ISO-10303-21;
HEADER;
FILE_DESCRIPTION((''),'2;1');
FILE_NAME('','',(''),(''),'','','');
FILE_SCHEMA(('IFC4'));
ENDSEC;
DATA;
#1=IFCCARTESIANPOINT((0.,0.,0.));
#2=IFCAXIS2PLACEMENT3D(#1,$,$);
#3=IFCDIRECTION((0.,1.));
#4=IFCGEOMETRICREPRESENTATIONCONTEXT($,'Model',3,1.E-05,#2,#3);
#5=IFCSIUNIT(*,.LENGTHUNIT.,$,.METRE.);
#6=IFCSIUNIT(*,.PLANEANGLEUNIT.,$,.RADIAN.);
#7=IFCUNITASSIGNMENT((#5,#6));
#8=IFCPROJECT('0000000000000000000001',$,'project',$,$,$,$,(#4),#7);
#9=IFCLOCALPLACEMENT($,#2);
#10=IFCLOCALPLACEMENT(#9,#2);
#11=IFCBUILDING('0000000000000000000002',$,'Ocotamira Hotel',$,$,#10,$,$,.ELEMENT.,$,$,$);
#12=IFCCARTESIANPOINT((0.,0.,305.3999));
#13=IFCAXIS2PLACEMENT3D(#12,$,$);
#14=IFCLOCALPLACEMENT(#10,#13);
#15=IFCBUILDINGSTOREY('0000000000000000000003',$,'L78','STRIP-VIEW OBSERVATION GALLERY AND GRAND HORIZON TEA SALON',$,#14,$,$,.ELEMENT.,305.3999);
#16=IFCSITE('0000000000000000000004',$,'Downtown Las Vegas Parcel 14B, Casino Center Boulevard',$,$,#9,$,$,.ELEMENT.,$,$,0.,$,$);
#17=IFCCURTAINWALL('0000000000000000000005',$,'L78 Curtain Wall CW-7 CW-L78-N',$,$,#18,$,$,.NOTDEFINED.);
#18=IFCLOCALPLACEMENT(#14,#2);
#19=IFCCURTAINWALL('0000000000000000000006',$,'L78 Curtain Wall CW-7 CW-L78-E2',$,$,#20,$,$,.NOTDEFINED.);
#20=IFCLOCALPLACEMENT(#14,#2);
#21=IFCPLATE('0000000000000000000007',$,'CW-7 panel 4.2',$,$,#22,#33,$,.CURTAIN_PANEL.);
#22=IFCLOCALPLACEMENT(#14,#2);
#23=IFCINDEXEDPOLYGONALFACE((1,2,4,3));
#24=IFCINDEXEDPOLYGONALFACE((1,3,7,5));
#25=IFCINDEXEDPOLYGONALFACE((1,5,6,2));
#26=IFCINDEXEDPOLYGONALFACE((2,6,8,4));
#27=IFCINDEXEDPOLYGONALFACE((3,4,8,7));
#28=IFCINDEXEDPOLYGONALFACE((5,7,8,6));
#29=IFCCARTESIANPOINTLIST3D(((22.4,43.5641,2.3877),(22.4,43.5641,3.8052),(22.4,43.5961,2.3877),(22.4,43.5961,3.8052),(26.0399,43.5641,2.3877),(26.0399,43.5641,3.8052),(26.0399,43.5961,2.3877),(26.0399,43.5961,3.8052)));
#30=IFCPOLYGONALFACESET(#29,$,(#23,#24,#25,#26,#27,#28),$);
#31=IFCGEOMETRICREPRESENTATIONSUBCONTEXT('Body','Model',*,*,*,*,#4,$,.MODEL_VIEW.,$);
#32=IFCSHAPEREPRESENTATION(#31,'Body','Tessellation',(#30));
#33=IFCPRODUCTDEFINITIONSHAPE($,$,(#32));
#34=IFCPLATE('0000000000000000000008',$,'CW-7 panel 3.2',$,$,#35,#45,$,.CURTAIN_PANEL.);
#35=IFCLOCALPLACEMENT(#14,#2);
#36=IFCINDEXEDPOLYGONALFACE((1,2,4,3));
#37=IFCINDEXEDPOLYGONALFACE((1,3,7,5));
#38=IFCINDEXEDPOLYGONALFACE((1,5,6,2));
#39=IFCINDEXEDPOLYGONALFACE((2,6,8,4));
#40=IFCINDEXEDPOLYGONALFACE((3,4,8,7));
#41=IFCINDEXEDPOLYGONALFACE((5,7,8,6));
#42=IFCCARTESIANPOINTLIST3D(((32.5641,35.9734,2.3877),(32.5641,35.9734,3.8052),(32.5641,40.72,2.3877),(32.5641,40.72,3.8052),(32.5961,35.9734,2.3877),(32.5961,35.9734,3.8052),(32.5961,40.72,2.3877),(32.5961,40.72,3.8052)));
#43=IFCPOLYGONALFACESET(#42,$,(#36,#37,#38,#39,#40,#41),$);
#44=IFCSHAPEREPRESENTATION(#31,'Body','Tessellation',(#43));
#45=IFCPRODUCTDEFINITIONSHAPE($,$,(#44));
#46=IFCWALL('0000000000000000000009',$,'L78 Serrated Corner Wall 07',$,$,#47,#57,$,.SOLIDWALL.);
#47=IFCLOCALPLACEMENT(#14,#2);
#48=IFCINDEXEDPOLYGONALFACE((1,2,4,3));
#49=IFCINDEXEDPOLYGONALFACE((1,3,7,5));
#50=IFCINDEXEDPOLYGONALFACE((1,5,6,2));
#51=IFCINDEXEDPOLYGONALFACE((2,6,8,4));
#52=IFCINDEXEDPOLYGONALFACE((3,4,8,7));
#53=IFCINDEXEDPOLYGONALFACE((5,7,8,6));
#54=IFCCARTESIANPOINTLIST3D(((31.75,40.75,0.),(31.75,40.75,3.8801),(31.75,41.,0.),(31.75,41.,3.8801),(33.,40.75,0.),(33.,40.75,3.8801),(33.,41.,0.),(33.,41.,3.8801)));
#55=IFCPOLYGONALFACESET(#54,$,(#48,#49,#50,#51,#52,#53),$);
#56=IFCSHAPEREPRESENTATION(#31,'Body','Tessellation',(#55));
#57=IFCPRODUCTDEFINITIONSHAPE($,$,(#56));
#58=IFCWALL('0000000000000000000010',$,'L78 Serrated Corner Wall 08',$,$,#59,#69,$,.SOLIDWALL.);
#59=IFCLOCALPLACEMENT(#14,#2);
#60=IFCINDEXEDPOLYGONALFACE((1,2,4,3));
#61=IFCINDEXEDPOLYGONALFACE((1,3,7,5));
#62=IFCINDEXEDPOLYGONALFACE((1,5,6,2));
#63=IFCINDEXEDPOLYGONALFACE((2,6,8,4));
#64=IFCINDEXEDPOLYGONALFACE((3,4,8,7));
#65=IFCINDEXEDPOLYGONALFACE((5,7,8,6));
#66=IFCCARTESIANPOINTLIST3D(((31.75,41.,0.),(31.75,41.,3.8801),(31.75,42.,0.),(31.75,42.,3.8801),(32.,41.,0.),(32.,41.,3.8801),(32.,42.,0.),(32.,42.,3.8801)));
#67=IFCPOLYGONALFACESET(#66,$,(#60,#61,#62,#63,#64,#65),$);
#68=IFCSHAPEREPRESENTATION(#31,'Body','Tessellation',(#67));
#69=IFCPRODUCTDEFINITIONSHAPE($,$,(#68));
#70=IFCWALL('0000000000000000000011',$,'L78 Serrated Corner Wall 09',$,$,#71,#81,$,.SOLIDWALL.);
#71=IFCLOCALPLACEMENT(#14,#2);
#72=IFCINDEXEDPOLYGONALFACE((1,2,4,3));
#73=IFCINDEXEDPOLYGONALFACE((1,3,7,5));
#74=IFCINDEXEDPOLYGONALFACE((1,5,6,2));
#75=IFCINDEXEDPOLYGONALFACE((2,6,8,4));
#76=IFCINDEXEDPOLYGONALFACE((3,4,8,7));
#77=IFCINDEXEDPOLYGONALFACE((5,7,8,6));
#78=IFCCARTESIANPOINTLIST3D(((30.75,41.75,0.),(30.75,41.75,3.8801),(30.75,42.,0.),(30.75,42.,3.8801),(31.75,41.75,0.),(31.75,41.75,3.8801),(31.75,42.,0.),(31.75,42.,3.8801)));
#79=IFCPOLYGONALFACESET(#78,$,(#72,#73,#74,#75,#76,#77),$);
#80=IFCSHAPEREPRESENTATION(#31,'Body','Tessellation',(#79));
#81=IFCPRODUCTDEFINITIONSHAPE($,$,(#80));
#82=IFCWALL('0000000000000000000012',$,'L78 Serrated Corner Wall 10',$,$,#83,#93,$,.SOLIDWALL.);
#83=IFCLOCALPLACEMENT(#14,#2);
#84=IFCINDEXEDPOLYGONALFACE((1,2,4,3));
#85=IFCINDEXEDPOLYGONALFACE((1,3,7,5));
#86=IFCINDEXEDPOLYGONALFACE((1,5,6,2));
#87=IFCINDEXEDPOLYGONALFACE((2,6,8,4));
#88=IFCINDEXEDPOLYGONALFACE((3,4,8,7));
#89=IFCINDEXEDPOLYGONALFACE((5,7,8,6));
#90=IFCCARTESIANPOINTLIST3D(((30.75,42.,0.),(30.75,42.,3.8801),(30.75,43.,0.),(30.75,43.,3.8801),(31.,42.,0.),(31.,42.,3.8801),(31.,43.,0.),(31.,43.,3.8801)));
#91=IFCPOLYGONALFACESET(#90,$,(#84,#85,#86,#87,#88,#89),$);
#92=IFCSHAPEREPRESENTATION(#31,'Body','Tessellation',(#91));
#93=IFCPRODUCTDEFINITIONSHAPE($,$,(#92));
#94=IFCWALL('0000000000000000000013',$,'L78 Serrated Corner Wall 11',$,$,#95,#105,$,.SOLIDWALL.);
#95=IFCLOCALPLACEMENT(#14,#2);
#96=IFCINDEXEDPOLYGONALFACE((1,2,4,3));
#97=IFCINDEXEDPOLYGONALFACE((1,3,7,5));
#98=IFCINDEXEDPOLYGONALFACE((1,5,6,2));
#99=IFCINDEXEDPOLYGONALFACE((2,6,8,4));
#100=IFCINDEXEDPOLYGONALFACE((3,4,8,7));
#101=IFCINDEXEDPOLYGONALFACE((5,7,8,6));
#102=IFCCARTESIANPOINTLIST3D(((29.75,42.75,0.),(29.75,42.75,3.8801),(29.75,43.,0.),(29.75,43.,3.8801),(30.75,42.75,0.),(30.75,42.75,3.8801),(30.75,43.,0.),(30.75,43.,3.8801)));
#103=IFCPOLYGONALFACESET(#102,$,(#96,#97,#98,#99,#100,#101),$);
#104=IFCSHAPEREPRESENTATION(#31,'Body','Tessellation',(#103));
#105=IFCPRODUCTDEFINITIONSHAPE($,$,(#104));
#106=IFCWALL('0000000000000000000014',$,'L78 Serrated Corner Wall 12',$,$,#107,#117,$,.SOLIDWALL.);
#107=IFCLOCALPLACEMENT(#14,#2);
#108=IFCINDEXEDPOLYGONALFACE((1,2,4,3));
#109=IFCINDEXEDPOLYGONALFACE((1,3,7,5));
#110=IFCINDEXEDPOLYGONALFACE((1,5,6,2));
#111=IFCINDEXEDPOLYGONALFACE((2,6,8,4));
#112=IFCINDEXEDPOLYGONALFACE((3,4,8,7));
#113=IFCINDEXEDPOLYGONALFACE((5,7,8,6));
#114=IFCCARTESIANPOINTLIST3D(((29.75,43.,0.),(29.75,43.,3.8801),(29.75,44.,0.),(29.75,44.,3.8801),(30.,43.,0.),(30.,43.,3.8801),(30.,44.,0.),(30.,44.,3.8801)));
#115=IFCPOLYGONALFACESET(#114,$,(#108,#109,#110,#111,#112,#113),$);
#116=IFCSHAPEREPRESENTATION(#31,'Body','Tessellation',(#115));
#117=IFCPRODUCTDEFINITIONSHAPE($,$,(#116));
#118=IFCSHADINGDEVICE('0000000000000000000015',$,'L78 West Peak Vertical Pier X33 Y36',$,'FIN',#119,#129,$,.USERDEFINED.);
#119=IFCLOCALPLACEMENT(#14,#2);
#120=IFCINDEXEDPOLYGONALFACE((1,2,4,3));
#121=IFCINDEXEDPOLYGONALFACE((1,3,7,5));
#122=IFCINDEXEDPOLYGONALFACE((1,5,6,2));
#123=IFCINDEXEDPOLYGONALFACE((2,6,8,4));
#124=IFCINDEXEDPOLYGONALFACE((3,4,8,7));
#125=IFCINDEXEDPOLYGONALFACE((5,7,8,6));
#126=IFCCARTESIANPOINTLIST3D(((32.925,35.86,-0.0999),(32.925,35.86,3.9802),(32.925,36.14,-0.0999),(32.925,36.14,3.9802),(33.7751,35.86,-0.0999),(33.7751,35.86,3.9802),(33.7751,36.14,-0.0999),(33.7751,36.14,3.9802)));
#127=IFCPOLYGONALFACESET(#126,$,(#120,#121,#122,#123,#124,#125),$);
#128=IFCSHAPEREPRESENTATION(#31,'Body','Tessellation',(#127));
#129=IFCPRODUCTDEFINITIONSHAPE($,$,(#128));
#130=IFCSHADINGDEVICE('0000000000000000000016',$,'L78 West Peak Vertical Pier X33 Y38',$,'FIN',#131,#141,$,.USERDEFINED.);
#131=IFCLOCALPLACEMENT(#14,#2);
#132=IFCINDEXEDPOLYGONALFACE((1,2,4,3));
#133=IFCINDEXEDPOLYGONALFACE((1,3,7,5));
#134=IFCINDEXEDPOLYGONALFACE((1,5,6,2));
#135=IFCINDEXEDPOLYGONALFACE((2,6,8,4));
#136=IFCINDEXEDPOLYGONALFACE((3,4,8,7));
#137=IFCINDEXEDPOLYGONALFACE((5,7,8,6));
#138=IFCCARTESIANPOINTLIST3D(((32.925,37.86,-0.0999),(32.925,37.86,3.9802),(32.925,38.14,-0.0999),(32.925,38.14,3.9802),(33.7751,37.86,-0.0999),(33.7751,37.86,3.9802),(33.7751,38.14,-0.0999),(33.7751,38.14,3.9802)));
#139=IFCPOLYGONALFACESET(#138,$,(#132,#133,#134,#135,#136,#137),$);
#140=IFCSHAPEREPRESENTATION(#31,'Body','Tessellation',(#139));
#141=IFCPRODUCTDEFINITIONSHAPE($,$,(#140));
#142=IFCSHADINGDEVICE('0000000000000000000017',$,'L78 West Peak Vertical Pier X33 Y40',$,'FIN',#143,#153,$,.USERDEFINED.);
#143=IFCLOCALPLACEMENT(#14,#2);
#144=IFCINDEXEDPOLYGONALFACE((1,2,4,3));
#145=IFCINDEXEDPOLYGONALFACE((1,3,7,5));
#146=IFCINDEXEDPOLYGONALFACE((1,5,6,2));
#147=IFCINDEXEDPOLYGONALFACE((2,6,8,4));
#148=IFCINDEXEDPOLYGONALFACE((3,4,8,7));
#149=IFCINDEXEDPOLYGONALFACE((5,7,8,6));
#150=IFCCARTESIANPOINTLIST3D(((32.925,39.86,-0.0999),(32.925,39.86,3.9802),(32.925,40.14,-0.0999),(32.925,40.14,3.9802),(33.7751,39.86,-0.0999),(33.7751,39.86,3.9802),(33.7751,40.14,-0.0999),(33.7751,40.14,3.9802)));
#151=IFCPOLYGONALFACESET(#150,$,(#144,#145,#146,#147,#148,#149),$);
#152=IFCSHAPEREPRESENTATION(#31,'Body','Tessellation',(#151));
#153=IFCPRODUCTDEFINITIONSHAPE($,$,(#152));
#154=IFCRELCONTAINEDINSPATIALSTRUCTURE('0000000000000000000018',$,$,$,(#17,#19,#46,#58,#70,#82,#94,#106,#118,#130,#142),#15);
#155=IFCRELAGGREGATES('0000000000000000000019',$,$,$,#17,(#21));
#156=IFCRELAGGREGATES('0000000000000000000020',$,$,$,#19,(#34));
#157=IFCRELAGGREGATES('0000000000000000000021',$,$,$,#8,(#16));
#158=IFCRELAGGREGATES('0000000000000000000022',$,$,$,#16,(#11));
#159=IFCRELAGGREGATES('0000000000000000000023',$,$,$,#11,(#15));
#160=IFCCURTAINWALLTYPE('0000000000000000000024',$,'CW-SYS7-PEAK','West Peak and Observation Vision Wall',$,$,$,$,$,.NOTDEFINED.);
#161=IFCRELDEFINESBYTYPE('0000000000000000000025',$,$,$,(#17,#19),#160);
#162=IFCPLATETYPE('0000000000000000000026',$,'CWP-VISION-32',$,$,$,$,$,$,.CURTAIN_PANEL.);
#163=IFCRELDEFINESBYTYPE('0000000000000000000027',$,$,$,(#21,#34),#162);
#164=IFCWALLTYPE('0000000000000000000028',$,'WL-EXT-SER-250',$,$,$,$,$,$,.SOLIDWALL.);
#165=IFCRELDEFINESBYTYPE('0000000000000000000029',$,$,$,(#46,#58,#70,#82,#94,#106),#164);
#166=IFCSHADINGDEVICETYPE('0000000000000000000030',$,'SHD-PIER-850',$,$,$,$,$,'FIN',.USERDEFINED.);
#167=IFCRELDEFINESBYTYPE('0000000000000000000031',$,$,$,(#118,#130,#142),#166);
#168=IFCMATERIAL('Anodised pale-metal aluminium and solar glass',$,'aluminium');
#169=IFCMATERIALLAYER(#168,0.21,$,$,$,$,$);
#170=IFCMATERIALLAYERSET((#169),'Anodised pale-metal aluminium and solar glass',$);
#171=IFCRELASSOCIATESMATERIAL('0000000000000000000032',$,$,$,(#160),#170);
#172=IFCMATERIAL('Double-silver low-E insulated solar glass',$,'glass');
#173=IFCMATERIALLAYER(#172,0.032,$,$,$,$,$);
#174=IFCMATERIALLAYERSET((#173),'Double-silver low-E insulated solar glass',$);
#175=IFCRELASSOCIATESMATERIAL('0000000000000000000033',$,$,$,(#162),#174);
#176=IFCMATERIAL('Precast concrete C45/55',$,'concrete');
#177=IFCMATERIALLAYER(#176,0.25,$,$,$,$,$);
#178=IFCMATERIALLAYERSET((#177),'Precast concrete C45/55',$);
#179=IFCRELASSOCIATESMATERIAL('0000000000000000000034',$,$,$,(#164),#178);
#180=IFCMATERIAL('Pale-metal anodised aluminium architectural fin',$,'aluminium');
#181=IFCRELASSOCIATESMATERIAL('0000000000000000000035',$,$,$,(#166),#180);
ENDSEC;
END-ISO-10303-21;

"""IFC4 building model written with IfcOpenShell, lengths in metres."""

from ifc_helpers import new_model, si_unit, direction, frame, frame_2d, origin, origin_2d, place, context, subcontext, project, spatial, rectangle, extrude, source, transform, mapped, material, layer, layer_set, type_object, element, aggregate, save


model = new_model("IFC4")

# Units and contexts
model_context = context("Model", 3, precision=1e-05, world=origin(), true_north=direction((0.0, 1.0)))
body_context = subcontext(model_context, "Body", "Model", "MODEL_VIEW")
ifc_project = project(units=[si_unit("LENGTHUNIT", "METRE"), si_unit("PLANEANGLEUNIT", "RADIAN")], contexts=[model_context])

# Site, building, storey
site_placement = place(None, origin())
site = spatial("IfcSite", under=ifc_project, at=site_placement, Name="Downtown Las Vegas Parcel 14B, Casino Center Boulevard", CompositionType="ELEMENT", RefElevation=0.0)
building_placement = place(site_placement, origin())
building = spatial("IfcBuilding", under=site, at=building_placement, Name="Ocotamira Hotel", CompositionType="ELEMENT")
storey_placement = place(building_placement, frame((0.0, 0.0, 305.3999)))
storey = spatial("IfcBuildingStorey", under=building, at=storey_placement, Name="L78", Description="STRIP-VIEW OBSERVATION GALLERY AND GRAND HORIZON TEA SALON", CompositionType="ELEMENT", Elevation=305.3999)

# Curtain wall
ifc_material_1 = material(Name="Anodised pale-metal aluminium and solar glass", Category="aluminium")
ifc_layer_1 = layer(ifc_material_1, 0.21)
ifc_layer_set_1 = layer_set([ifc_layer_1], Name="Anodised pale-metal aluminium and solar glass")
curtain_wall_type = type_object("IfcCurtainWallType", Name="CW-SYS7-PEAK", Description="West Peak and Observation Vision Wall", PredefinedType="NOTDEFINED", material=ifc_layer_set_1)
curtain_wall_1_placement = place(storey_placement, origin())
curtain_wall_1 = element("IfcCurtainWall", 1, at=curtain_wall_1_placement, inside=storey, type_object=curtain_wall_type, Name="L78 Curtain Wall CW-7 CW-L78-N", PredefinedType="NOTDEFINED")

# Curtain wall
curtain_wall_2_placement = place(storey_placement, origin())
curtain_wall_2 = element("IfcCurtainWall", 2, at=curtain_wall_2_placement, inside=storey, type_object=curtain_wall_type, Name="L78 Curtain Wall CW-7 CW-L78-E2", PredefinedType="NOTDEFINED")

# Plates
ifc_material_2 = material(Name="Double-silver low-E insulated solar glass", Category="glass")
ifc_layer_2 = layer(ifc_material_2, 0.032)
ifc_layer_set_2 = layer_set([ifc_layer_2], Name="Double-silver low-E insulated solar glass")
plate_type = type_object("IfcPlateType", Name="CWP-VISION-32", PredefinedType="CURTAIN_PANEL", material=ifc_layer_set_2)
shared_shape_1 = source(origin(), body_context, "Body", "SweptSolid", [
    extrude(rectangle(XDim=3.6399, YDim=0.032, at=origin_2d()), origin(), (0.0, 0.0, 1.0), 1.4175),
])
plate_1_placement = place(storey_placement, frame((24.22, 43.5801, 2.3877), z_axis=(0.0, 0.0, 1.0), x_axis=(1.0, 0.0, 0.0)))
plate_1 = element("IfcPlate", 3, at=plate_1_placement, type_object=plate_type, Name="CW-7 panel 4.2", PredefinedType="CURTAIN_PANEL", context=body_context, shape_type="MappedRepresentation", body=[
    mapped(shared_shape_1, transform((0.0, 0.0, 0.0), scale=1.0)),
])
aggregate(curtain_wall_1, [plate_1])
shared_shape_2 = source(origin(), body_context, "Body", "SweptSolid", [
    extrude(rectangle(XDim=4.7466, YDim=0.032, at=origin_2d()), origin(), (0.0, 0.0, 1.0), 1.4175),
])
plate_2_placement = place(storey_placement, frame((32.5801, 38.3467, 2.3877), z_axis=(0.0, 0.0, 1.0), x_axis=(0.0, 1.0, 0.0)))
plate_2 = element("IfcPlate", 4, at=plate_2_placement, type_object=plate_type, Name="CW-7 panel 3.2", PredefinedType="CURTAIN_PANEL", context=body_context, shape_type="MappedRepresentation", body=[
    mapped(shared_shape_2, transform((0.0, 0.0, 0.0), scale=1.0)),
])
aggregate(curtain_wall_2, [plate_2])

# Walls
ifc_material_3 = material(Name="Precast concrete C45/55", Category="concrete")
ifc_layer_3 = layer(ifc_material_3, 0.25)
ifc_layer_set_3 = layer_set([ifc_layer_3], Name="Precast concrete C45/55")
wall_type = type_object("IfcWallType", Name="WL-EXT-SER-250", PredefinedType="SOLIDWALL", material=ifc_layer_set_3)
wall_placement = place(storey_placement, frame((33.0, 40.875, 0.0), z_axis=(0.0, 0.0, 1.0), x_axis=(-1.0, 0.0, 0.0)))
element("IfcWall", 5, at=wall_placement, inside=storey, type_object=wall_type, Name="L78 Serrated Corner Wall 07", PredefinedType="SOLIDWALL", context=body_context, shape_type="SweptSolid", body=[
    extrude(rectangle(XDim=1.25, YDim=0.25, at=frame_2d((0.625, 0.0))), origin(), (0.0, 0.0, 1.0), 3.8801),
])
for number, where, z_axis, x_axis, name in (
    (6, (31.875, 41.0, 0.0), (0.0, 0.0, 1.0), (0.0, 1.0, 0.0), "L78 Serrated Corner Wall 08"),
    (7, (31.75, 41.875, 0.0), (0.0, 0.0, 1.0), (-1.0, 0.0, 0.0), "L78 Serrated Corner Wall 09"),
    (8, (30.875, 42.0, 0.0), (0.0, 0.0, 1.0), (0.0, 1.0, 0.0), "L78 Serrated Corner Wall 10"),
    (9, (30.75, 42.875, 0.0), (0.0, 0.0, 1.0), (-1.0, 0.0, 0.0), "L78 Serrated Corner Wall 11"),
    (10, (29.875, 43.0, 0.0), (0.0, 0.0, 1.0), (0.0, 1.0, 0.0), "L78 Serrated Corner Wall 12"),
):
    element("IfcWall", number, at=place(storey_placement, frame(where, z_axis=z_axis, x_axis=x_axis)), inside=storey, type_object=wall_type, Name=name, PredefinedType="SOLIDWALL", context=body_context, shape_type="SweptSolid", body=[
        extrude(rectangle(XDim=1.0, YDim=0.25, at=frame_2d((0.5, 0.0))), origin(), (0.0, 0.0, 1.0), 3.8801),
    ])

# Shading devices
ifc_material_4 = material(Name="Pale-metal anodised aluminium architectural fin", Category="aluminium")
shading_device_type = type_object("IfcShadingDeviceType", Name="SHD-PIER-850", ElementType="FIN", PredefinedType="USERDEFINED", material=ifc_material_4)
shared_shape_3 = source(origin(), body_context, "Body", "SweptSolid", [
    extrude(rectangle(XDim=0.8501, YDim=0.28, at=origin_2d()), origin(), (0.0, 0.0, 1.0), 4.0801),
])
for number, where, z_axis, x_axis, name in (
    (11, (33.3501, 36.0, -0.0999), (0.0, 0.0, 1.0), (1.0, 0.0, 0.0), "L78 West Peak Vertical Pier X33 Y36"),
    (12, (33.3501, 38.0, -0.0999), (0.0, 0.0, 1.0), (1.0, 0.0, 0.0), "L78 West Peak Vertical Pier X33 Y38"),
    (13, (33.3501, 40.0, -0.0999), (0.0, 0.0, 1.0), (1.0, 0.0, 0.0), "L78 West Peak Vertical Pier X33 Y40"),
):
    element("IfcShadingDevice", number, at=place(storey_placement, frame(where, z_axis=z_axis, x_axis=x_axis)), inside=storey, type_object=shading_device_type, Name=name, ObjectType="FIN", PredefinedType="USERDEFINED", context=body_context, shape_type="MappedRepresentation", body=[
        mapped(shared_shape_3, transform((0.0, 0.0, 0.0), scale=1.0)),
    ])

save(model, "model.ifc")
